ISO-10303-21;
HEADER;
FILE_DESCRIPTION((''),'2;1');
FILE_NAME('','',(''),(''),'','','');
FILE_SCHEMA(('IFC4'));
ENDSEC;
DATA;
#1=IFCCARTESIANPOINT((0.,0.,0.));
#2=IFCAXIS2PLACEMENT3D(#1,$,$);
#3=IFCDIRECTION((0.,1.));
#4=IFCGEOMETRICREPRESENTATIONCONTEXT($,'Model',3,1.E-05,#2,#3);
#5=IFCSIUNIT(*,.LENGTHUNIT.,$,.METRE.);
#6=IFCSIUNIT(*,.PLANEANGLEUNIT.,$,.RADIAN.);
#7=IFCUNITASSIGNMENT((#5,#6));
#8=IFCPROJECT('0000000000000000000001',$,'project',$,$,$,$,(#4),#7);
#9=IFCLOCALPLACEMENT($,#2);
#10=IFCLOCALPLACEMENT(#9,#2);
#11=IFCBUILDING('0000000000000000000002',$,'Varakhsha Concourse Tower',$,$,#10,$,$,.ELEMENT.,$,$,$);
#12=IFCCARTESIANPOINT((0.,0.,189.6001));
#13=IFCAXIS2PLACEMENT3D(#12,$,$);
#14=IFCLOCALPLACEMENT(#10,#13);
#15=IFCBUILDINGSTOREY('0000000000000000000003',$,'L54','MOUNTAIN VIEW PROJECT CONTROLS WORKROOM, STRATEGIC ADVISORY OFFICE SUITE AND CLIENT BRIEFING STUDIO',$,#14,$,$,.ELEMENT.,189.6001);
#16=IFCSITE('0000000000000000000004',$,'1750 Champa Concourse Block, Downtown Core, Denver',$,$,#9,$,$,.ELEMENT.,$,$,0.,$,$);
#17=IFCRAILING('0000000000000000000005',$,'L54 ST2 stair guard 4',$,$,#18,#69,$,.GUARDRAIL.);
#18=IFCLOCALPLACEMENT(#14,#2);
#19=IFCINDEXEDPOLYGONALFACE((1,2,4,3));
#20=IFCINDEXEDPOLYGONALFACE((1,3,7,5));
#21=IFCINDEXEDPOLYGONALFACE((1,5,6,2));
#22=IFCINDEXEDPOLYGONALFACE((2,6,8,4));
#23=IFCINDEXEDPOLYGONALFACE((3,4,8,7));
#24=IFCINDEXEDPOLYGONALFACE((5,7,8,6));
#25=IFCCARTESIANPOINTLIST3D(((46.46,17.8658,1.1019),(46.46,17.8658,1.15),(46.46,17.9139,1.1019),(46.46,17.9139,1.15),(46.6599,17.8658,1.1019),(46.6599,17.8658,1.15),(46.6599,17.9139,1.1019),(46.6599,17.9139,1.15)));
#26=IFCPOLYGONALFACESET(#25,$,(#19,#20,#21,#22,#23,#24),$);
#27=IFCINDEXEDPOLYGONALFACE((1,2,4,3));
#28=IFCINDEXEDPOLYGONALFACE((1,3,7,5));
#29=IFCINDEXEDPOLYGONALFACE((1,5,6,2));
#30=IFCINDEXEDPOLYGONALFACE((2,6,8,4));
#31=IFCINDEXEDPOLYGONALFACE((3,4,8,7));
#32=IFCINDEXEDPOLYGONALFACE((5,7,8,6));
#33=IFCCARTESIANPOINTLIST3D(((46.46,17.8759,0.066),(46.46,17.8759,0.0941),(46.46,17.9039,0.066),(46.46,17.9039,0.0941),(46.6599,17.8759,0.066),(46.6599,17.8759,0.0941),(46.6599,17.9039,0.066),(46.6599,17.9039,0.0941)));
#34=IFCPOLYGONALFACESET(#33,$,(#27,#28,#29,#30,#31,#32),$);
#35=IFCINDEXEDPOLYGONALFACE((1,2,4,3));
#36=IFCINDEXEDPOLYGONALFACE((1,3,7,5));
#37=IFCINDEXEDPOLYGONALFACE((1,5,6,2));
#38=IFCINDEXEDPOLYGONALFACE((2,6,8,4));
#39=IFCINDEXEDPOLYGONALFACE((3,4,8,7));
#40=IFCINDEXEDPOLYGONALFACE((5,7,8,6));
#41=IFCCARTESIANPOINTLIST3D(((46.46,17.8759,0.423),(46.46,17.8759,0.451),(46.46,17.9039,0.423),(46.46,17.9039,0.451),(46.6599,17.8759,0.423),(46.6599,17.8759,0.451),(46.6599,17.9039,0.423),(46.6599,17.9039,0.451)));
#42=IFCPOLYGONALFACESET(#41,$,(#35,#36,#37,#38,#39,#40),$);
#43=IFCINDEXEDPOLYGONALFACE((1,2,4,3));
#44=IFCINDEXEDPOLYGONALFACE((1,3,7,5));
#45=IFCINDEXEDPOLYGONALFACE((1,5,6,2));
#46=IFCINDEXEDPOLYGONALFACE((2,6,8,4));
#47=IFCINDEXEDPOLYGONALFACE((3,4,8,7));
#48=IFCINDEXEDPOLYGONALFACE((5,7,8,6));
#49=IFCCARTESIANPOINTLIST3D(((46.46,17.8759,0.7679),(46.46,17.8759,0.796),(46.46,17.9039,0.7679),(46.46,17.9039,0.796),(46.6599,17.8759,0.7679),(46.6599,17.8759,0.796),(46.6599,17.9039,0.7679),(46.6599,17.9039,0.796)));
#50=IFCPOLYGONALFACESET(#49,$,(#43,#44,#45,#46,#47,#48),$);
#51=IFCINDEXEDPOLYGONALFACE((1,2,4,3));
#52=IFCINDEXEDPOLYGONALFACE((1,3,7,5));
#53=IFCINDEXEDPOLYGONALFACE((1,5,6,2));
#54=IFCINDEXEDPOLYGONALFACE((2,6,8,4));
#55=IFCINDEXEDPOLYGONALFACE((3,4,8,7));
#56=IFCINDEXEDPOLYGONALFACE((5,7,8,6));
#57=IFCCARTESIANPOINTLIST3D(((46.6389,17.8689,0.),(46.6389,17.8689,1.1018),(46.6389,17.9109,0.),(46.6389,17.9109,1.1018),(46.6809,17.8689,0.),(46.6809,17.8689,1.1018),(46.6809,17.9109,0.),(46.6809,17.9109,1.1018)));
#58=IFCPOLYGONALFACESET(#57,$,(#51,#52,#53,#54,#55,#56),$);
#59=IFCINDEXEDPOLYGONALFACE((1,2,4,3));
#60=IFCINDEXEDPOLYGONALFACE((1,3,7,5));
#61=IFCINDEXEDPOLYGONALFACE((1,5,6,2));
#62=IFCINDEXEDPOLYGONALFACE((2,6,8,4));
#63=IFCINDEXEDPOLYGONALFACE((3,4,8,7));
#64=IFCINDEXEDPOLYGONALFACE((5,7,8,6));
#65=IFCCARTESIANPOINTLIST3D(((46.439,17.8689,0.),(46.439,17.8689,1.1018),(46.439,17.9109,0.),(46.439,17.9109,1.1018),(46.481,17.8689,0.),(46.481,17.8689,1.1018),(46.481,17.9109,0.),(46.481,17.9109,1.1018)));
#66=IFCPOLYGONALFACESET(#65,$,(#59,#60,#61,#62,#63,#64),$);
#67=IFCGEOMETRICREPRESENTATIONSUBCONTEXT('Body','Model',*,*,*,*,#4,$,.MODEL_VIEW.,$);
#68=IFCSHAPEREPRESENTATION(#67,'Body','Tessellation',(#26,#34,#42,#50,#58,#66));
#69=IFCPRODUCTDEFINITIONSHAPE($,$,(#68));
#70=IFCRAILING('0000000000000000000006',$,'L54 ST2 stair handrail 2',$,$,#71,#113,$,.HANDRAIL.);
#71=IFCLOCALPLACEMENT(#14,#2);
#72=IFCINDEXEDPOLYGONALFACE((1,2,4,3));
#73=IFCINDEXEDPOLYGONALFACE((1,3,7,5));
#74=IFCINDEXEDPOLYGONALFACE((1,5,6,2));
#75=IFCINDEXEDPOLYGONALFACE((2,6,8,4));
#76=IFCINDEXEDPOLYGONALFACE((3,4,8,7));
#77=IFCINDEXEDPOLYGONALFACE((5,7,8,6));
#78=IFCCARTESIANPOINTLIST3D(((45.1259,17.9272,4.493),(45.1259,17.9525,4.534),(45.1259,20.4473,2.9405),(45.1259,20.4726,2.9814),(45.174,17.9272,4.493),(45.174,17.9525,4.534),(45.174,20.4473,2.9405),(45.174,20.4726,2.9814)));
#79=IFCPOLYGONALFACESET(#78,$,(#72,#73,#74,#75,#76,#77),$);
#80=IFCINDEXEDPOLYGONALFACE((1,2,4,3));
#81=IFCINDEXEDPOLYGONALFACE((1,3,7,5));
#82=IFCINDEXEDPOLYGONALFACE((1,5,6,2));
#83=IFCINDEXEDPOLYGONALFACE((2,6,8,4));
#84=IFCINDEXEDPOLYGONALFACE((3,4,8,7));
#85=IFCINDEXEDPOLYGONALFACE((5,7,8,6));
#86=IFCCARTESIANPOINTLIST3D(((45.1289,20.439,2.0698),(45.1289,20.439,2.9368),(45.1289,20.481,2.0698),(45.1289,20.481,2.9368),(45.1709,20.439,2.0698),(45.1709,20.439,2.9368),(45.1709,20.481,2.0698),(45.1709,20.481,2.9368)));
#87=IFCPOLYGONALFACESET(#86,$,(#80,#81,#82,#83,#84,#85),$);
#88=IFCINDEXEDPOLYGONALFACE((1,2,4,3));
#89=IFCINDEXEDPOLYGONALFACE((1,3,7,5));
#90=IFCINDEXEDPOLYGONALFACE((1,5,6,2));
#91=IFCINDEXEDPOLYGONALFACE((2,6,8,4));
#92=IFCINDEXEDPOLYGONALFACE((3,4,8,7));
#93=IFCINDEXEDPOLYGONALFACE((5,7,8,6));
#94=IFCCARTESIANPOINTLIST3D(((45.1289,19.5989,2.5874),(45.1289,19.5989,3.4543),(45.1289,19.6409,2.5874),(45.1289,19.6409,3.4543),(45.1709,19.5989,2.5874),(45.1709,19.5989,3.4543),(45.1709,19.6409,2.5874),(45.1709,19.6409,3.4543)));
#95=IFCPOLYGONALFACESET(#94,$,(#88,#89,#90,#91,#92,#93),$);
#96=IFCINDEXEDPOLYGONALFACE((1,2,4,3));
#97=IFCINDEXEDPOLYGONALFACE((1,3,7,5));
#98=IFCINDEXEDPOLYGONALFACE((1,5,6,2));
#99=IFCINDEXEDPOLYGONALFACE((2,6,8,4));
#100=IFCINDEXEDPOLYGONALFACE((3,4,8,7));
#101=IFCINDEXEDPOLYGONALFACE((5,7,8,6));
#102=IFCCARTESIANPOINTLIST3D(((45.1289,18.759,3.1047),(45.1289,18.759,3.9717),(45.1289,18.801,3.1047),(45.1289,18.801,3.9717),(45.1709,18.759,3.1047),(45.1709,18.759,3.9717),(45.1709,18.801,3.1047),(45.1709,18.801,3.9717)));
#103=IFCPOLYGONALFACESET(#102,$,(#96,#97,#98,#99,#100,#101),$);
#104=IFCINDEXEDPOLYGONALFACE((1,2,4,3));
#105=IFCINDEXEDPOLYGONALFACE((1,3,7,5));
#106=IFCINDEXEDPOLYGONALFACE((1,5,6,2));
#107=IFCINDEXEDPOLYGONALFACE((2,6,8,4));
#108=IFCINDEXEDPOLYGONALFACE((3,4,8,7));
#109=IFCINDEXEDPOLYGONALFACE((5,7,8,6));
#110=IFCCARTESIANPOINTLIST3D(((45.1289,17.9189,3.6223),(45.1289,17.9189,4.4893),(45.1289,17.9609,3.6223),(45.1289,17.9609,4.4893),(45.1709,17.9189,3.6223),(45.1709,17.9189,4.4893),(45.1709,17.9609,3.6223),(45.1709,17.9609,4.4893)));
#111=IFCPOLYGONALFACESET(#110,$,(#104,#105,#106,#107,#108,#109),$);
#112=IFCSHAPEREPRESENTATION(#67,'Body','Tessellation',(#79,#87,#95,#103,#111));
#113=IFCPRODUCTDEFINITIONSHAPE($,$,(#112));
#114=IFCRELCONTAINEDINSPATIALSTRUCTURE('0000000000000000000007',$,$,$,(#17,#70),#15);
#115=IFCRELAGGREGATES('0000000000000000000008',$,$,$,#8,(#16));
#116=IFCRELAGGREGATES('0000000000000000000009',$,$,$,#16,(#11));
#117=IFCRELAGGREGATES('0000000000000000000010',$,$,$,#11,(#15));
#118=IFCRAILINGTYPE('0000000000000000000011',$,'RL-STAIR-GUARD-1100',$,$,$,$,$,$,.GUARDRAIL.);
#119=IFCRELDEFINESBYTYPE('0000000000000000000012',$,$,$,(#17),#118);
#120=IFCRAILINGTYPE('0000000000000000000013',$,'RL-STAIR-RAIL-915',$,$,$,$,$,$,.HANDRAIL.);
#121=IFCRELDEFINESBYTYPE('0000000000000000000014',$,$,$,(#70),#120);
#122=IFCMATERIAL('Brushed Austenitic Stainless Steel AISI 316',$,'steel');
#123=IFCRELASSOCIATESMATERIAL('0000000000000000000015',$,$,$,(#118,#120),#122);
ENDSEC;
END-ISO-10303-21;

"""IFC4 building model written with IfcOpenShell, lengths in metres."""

from ifc_helpers import new_model, si_unit, direction, frame, origin, origin_2d, place, context, subcontext, project, spatial, rectangle, extrude, material, type_object, element, save


model = new_model("IFC4")

# Units and contexts
model_context = context("Model", 3, precision=1e-05, world=origin(), true_north=direction((0.0, 1.0)))
body_context = subcontext(model_context, "Body", "Model", "MODEL_VIEW")
ifc_project = project(units=[si_unit("LENGTHUNIT", "METRE"), si_unit("PLANEANGLEUNIT", "RADIAN")], contexts=[model_context])

# Site, building, storey
site_placement = place(None, origin())
site = spatial("IfcSite", under=ifc_project, at=site_placement, Name="1750 Champa Concourse Block, Downtown Core, Denver", CompositionType="ELEMENT", RefElevation=0.0)
building_placement = place(site_placement, origin())
building = spatial("IfcBuilding", under=site, at=building_placement, Name="Varakhsha Concourse Tower", CompositionType="ELEMENT")
storey_placement = place(building_placement, frame((0.0, 0.0, 189.6001)))
storey = spatial("IfcBuildingStorey", under=building, at=storey_placement, Name="L54", Description="MOUNTAIN VIEW PROJECT CONTROLS WORKROOM, STRATEGIC ADVISORY OFFICE SUITE AND CLIENT BRIEFING STUDIO", CompositionType="ELEMENT", Elevation=189.6001)

# Railings
ifc_material_1 = material(Name="Brushed Austenitic Stainless Steel AISI 316", Category="steel")
railing_type_1 = type_object("IfcRailingType", Name="RL-STAIR-GUARD-1100", PredefinedType="GUARDRAIL", material=ifc_material_1)
railing_1_placement = place(storey_placement, frame((46.6599, 17.8899, 0.0)))
element("IfcRailing", 1, at=railing_1_placement, inside=storey, type_object=railing_type_1, Name="L54 ST2 stair guard 4", PredefinedType="GUARDRAIL", context=body_context, shape_type="SweptSolid", body=[
    extrude(rectangle(XDim=0.0481, YDim=0.0481, at=origin_2d()), frame((0.0, 0.0, 1.126), z_axis=(-1.0, 0.0, 0.0), x_axis=(0.0, -1.0, 0.0)), (0.0, 0.0, 1.0), 0.2),
    extrude(rectangle(XDim=0.0281, YDim=0.0281, at=origin_2d()), frame((0.0, 0.0, 0.0801), z_axis=(-1.0, 0.0, 0.0), x_axis=(0.0, -1.0, 0.0)), (0.0, 0.0, 1.0), 0.2),
    extrude(rectangle(XDim=0.0281, YDim=0.0281, at=origin_2d()), frame((0.0, 0.0, 0.437), z_axis=(-1.0, 0.0, 0.0), x_axis=(0.0, -1.0, 0.0)), (0.0, 0.0, 1.0), 0.2),
    extrude(rectangle(XDim=0.0281, YDim=0.0281, at=origin_2d()), frame((0.0, 0.0, 0.782), z_axis=(-1.0, 0.0, 0.0), x_axis=(0.0, -1.0, 0.0)), (0.0, 0.0, 1.0), 0.2),
    extrude(rectangle(XDim=0.042, YDim=0.042, at=origin_2d()), origin(), (0.0, 0.0, 1.0), 1.1018),
    extrude(rectangle(XDim=0.042, YDim=0.042, at=origin_2d()), frame((-0.2, 0.0, 0.0)), (0.0, 0.0, 1.0), 1.1018),
])
railing_type_2 = type_object("IfcRailingType", Name="RL-STAIR-RAIL-915", PredefinedType="HANDRAIL", material=ifc_material_1)
railing_2_placement = place(storey_placement, frame((45.1499, 20.46, 2.0698)))
element("IfcRailing", 2, at=railing_2_placement, inside=storey, type_object=railing_type_2, Name="L54 ST2 stair handrail 2", PredefinedType="HANDRAIL", context=body_context, shape_type="SweptSolid", body=[
    extrude(rectangle(XDim=0.0481, YDim=0.0481, at=origin_2d()), frame((0.0, 0.0, 0.8911), z_axis=(0.0, -0.8514, 0.524516), x_axis=(1.0, 0.0, 0.0)), (0.0, 0.0, 1.0), 2.96),
    extrude(rectangle(XDim=0.042, YDim=0.042, at=origin_2d()), origin(), (0.0, 0.0, 1.0), 0.8669),
    extrude(rectangle(XDim=0.042, YDim=0.042, at=origin_2d()), frame((0.0, -0.8401, 0.5176)), (0.0, 0.0, 1.0), 0.8669),
    extrude(rectangle(XDim=0.042, YDim=0.042, at=origin_2d()), frame((0.0, -1.6799, 1.0349)), (0.0, 0.0, 1.0), 0.8669),
    extrude(rectangle(XDim=0.042, YDim=0.042, at=origin_2d()), frame((0.0, -2.52, 1.5525)), (0.0, 0.0, 1.0), 0.8669),
])

save(model, "model.ifc")
